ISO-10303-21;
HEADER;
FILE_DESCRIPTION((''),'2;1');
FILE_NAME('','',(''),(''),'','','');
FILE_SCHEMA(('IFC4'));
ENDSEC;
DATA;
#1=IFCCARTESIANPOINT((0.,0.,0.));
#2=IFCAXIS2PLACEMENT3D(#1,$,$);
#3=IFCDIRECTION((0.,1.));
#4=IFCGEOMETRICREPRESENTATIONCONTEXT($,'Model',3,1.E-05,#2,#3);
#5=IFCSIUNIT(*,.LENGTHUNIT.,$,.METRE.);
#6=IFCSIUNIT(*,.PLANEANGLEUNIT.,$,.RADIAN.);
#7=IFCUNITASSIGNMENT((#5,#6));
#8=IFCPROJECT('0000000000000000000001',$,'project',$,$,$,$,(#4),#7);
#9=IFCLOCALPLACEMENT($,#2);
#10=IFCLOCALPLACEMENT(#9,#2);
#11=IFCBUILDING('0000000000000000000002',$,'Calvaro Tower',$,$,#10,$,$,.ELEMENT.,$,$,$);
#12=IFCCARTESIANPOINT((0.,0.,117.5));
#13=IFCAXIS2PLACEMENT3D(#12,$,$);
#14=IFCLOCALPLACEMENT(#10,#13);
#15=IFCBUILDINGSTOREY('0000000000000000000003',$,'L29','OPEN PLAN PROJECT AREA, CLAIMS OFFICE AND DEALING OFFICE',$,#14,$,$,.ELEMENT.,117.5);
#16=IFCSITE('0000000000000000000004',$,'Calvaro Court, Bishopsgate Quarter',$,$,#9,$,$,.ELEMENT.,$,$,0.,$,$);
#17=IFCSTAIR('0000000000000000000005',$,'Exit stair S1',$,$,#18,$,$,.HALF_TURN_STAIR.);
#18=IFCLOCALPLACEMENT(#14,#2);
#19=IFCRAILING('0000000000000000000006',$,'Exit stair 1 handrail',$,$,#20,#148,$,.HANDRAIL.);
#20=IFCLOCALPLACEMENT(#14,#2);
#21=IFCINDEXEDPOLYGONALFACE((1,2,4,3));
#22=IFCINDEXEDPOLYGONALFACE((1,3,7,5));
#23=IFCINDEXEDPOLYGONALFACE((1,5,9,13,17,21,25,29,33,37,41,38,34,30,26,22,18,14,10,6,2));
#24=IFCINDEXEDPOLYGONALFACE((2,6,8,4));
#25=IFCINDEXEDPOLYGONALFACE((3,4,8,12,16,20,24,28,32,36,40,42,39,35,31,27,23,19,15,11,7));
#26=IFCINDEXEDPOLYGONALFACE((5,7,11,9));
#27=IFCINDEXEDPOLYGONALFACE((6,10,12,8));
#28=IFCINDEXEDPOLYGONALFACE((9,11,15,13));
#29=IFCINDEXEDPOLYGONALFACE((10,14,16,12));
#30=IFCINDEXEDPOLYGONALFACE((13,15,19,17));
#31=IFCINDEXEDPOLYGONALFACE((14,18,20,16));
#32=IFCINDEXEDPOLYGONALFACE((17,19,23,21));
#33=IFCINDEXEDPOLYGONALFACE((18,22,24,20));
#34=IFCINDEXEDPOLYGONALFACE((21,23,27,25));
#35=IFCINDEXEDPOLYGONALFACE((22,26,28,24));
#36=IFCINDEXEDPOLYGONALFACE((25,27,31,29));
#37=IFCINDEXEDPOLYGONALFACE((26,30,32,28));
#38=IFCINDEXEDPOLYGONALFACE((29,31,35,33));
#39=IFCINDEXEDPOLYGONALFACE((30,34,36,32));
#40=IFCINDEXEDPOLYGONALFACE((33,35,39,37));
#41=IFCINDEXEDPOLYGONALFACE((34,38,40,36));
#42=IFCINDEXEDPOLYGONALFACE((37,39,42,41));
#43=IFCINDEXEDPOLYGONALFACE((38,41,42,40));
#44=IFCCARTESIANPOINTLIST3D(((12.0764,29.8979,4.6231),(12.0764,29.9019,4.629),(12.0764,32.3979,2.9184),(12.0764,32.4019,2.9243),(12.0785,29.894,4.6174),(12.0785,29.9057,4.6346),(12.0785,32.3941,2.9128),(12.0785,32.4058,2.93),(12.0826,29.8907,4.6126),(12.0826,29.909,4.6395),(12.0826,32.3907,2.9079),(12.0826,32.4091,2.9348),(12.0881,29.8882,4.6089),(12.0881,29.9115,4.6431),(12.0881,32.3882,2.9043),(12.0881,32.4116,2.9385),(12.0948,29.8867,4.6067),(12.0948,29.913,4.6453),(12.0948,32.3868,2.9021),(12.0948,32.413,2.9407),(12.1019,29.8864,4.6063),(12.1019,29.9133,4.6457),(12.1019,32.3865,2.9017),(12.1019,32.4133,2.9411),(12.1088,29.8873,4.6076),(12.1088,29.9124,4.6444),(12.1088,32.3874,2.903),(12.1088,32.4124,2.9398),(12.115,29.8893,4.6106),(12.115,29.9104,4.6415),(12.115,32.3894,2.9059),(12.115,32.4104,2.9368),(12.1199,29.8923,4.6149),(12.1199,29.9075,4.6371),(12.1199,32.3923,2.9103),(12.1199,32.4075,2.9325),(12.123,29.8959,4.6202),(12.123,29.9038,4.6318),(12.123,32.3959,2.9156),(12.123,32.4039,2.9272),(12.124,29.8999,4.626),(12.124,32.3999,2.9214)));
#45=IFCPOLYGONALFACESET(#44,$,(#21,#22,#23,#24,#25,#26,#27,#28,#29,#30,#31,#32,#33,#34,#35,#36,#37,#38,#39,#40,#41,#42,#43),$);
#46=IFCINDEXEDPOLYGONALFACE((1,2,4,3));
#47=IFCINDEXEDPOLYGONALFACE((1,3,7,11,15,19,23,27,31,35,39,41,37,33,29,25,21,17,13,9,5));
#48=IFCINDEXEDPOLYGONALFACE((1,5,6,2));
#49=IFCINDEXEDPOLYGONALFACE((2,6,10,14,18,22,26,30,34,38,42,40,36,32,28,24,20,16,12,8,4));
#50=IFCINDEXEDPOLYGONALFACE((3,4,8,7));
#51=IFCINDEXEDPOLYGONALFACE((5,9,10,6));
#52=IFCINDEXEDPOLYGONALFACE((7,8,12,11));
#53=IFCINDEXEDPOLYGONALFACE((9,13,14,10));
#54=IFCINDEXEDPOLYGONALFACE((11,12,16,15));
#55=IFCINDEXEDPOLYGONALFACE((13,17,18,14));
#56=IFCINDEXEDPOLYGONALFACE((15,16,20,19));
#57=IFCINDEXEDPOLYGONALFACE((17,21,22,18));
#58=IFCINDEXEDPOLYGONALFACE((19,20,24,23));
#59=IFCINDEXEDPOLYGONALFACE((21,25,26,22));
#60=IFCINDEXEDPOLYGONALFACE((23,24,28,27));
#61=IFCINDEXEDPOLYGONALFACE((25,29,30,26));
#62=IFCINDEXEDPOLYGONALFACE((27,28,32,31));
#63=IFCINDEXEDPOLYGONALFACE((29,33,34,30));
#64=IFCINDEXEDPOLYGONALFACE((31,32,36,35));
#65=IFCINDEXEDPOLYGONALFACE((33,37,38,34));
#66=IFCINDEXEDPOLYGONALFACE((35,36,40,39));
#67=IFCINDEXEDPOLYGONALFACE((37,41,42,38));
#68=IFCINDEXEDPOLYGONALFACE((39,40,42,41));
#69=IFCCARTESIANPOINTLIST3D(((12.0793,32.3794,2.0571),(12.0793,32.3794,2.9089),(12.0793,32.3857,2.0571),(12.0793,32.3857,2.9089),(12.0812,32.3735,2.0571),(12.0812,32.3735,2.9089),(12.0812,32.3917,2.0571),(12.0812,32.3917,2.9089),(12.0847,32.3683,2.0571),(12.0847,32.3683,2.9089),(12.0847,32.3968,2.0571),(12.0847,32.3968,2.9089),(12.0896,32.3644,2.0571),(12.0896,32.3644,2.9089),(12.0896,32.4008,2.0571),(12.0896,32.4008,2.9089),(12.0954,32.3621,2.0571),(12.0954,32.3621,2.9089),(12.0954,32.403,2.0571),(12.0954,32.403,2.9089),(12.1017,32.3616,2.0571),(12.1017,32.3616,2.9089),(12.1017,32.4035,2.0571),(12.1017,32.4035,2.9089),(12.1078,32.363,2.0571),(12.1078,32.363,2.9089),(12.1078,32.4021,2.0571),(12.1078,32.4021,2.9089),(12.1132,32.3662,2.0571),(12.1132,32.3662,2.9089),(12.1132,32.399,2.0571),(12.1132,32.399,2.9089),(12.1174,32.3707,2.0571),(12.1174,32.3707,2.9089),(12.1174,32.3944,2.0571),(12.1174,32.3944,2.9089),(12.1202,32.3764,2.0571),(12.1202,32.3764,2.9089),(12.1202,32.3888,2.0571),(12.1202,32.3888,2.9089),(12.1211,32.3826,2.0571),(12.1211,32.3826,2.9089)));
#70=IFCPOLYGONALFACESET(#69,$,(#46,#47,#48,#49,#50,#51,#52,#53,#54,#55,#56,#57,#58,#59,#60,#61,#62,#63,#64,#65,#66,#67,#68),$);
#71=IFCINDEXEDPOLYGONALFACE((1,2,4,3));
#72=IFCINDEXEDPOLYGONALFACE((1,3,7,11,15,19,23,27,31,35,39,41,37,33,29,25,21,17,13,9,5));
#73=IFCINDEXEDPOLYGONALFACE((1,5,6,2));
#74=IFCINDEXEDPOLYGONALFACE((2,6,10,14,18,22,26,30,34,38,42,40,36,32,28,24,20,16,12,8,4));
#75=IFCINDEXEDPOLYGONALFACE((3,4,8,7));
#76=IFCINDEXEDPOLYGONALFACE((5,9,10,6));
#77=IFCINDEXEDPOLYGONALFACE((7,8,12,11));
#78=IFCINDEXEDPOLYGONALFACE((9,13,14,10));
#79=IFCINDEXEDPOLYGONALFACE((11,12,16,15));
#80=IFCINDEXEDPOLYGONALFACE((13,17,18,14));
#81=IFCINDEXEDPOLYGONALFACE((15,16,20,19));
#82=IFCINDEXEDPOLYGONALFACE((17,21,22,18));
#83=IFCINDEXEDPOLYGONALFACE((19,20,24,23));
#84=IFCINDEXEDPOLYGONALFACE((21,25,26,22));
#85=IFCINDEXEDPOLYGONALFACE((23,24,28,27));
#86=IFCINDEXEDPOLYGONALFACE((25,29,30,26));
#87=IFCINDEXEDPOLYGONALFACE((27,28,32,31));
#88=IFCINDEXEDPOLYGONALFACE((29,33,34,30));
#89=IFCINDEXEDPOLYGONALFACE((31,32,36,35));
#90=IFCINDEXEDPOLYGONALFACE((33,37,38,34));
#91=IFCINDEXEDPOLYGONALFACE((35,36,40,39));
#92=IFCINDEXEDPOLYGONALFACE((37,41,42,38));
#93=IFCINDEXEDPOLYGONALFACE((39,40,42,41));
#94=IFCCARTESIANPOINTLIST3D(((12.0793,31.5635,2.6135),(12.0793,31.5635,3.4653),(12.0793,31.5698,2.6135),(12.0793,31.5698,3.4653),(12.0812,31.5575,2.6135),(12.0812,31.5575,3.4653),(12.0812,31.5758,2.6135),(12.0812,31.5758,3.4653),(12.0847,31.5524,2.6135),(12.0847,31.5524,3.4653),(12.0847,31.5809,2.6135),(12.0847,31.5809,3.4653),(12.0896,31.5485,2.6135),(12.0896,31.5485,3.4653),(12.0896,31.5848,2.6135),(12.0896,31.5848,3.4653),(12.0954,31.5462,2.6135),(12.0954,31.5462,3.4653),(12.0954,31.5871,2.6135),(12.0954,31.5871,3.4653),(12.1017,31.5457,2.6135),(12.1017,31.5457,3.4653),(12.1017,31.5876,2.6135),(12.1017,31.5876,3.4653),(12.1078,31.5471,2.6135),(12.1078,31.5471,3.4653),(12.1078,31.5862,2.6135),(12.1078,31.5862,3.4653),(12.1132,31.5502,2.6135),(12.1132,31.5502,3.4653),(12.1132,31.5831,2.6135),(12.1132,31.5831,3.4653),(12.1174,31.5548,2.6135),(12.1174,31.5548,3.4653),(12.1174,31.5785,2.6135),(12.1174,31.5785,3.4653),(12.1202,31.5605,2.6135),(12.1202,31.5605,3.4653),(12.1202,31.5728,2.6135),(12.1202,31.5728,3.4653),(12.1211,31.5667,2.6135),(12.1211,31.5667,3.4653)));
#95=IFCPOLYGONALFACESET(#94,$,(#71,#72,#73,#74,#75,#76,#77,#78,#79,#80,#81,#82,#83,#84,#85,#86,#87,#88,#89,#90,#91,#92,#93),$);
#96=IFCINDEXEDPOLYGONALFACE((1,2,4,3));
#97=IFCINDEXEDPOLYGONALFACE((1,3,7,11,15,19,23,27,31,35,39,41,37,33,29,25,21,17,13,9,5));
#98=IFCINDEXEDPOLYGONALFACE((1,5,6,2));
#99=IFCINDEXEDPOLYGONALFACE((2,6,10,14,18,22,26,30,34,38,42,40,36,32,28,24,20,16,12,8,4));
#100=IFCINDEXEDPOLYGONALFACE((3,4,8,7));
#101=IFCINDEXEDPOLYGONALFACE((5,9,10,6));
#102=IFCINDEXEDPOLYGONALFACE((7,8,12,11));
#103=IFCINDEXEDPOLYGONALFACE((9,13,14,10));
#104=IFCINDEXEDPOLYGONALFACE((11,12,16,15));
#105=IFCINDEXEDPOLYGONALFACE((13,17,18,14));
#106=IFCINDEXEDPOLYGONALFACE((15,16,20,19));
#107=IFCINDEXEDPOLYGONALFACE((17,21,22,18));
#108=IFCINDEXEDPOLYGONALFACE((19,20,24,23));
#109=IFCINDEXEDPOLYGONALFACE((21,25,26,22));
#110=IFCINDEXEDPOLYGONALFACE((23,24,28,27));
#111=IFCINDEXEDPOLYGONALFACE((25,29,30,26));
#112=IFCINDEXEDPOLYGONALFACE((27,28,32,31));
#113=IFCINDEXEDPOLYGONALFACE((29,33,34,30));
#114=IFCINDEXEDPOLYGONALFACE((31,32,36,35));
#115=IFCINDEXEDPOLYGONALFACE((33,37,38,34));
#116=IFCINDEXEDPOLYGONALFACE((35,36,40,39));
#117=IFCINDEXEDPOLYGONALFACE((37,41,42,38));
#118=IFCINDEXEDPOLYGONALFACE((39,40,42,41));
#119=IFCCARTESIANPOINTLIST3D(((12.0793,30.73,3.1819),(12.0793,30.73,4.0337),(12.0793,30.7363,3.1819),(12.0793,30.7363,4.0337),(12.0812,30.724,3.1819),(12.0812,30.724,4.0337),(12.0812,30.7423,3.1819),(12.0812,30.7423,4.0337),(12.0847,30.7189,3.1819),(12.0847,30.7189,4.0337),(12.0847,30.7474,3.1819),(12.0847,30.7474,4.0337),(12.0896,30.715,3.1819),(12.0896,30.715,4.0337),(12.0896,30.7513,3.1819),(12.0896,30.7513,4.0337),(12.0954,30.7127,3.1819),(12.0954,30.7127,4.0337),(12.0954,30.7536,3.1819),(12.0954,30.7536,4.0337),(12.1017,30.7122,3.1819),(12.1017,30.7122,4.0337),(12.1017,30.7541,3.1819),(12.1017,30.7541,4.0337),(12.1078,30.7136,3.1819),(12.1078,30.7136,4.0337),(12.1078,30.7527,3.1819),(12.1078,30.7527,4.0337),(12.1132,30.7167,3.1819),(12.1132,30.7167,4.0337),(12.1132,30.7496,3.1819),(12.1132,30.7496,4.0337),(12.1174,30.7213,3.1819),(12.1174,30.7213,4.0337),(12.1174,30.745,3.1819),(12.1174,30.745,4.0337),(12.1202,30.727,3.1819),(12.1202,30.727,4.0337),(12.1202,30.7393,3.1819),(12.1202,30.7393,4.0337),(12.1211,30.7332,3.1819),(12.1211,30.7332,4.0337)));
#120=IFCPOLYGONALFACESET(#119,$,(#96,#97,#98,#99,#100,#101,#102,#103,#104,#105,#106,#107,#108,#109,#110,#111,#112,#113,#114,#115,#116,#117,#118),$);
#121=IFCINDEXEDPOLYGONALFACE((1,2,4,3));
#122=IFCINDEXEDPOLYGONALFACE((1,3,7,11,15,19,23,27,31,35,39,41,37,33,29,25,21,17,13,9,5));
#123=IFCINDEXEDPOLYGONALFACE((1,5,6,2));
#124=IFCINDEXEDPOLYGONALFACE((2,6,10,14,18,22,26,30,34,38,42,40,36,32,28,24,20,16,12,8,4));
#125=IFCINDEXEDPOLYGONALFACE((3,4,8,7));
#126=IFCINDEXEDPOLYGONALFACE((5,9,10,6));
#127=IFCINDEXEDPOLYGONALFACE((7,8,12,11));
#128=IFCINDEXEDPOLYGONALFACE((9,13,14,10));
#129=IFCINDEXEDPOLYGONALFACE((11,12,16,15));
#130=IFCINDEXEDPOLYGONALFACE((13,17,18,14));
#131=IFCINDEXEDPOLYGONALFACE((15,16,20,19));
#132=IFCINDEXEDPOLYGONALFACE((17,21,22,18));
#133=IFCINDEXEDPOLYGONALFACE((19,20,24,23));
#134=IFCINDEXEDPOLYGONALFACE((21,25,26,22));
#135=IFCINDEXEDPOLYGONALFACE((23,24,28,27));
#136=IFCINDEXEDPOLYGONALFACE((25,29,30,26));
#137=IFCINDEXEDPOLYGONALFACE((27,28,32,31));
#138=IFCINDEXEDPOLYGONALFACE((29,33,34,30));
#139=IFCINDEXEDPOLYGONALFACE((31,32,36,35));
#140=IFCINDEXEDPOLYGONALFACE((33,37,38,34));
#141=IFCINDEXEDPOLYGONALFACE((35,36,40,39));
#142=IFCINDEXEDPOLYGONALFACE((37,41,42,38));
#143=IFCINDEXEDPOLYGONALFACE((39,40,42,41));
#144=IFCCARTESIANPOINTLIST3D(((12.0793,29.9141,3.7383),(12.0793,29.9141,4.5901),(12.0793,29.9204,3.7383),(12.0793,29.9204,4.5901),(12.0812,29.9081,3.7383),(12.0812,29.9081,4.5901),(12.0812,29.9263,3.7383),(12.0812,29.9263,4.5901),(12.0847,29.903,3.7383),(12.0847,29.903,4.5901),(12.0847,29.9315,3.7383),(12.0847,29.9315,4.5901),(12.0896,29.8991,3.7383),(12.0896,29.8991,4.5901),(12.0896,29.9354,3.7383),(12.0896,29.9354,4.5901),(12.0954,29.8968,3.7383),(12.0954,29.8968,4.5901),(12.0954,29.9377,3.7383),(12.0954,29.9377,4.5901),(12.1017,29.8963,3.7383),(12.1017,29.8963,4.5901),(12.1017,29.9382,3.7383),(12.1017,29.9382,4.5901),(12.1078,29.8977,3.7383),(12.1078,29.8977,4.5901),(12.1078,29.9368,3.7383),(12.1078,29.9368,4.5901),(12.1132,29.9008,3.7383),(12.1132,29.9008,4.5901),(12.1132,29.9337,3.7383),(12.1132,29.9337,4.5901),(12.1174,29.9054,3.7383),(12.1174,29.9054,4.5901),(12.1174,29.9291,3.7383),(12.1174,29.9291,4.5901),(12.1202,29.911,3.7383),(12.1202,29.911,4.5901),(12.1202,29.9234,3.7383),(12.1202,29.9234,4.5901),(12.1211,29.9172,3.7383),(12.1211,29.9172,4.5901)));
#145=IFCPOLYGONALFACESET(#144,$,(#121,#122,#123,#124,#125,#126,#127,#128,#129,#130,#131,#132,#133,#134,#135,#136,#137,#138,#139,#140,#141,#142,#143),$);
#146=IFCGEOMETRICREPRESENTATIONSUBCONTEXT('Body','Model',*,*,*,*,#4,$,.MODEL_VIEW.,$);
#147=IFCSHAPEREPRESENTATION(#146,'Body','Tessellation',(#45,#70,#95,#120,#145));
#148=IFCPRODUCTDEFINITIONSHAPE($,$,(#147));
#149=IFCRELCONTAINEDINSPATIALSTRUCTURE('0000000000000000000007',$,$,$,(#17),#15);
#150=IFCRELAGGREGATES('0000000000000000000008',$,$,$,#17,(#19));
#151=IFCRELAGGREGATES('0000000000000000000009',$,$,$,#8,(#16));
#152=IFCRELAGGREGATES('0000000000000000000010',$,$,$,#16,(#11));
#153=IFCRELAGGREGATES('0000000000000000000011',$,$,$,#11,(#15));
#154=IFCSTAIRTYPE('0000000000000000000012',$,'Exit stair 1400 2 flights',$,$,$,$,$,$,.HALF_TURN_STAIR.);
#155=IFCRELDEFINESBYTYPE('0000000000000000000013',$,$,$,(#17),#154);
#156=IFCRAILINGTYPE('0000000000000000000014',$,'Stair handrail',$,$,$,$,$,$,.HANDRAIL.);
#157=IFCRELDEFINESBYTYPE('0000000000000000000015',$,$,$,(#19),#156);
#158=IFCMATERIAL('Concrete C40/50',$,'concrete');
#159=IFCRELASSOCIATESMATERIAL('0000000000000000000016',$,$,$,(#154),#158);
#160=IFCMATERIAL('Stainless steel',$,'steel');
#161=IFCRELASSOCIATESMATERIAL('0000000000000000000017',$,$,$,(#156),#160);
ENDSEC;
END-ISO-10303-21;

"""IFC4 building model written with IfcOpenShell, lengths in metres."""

from ifc_helpers import new_model, si_unit, direction, frame, origin, origin_2d, place, context, subcontext, project, spatial, circle, extrude, material, type_object, element, aggregate, save


model = new_model("IFC4")

# Units and contexts
model_context = context("Model", 3, precision=1e-05, world=origin(), true_north=direction((0.0, 1.0)))
body_context = subcontext(model_context, "Body", "Model", "MODEL_VIEW")
ifc_project = project(units=[si_unit("LENGTHUNIT", "METRE"), si_unit("PLANEANGLEUNIT", "RADIAN")], contexts=[model_context])

# Site, building, storey
site_placement = place(None, origin())
site = spatial("IfcSite", under=ifc_project, at=site_placement, Name="Calvaro Court, Bishopsgate Quarter", CompositionType="ELEMENT", RefElevation=0.0)
building_placement = place(site_placement, origin())
building = spatial("IfcBuilding", under=site, at=building_placement, Name="Calvaro Tower", CompositionType="ELEMENT")
storey_placement = place(building_placement, frame((0.0, 0.0, 117.5)))
storey = spatial("IfcBuildingStorey", under=building, at=storey_placement, Name="L29", Description="OPEN PLAN PROJECT AREA, CLAIMS OFFICE AND DEALING OFFICE", CompositionType="ELEMENT", Elevation=117.5)

# Stair, railing
ifc_material_1 = material(Name="Concrete C40/50", Category="concrete")
stair_type = type_object("IfcStairType", Name="Exit stair 1400 2 flights", PredefinedType="HALF_TURN_STAIR", material=ifc_material_1)
stair_placement = place(storey_placement, origin())
stair = element("IfcStair", 1, at=stair_placement, inside=storey, type_object=stair_type, Name="Exit stair S1", PredefinedType="HALF_TURN_STAIR")
ifc_material_2 = material(Name="Stainless steel", Category="steel")
railing_type = type_object("IfcRailingType", Name="Stair handrail", PredefinedType="HANDRAIL", material=ifc_material_2)
railing_1_placement = place(storey_placement, frame((12.1001, 32.3999, 2.0454)))
railing_1 = element("IfcRailing", 2, at=railing_1_placement, type_object=railing_type, Name="Exit stair 1 handrail", PredefinedType="HANDRAIL", context=body_context, shape_type="SweptSolid", body=[
    extrude(circle(Radius=0.0239, at=origin_2d()), frame((0.0, 0.0, 0.876), z_axis=(0.0, -0.826221, 0.563347), x_axis=(1.0, 0.0, 0.0)), (0.0, 0.0, 1.0), 3.0259),
    extrude(circle(Radius=0.021, at=origin_2d()), frame((0.0, -0.0173, 0.0117)), (0.0, 0.0, 1.0), 0.8518),
    extrude(circle(Radius=0.021, at=origin_2d()), frame((0.0, -0.8333, 0.5681)), (0.0, 0.0, 1.0), 0.8518),
    extrude(circle(Radius=0.021, at=origin_2d()), frame((0.0, -1.6667, 1.1365)), (0.0, 0.0, 1.0), 0.8518),
    extrude(circle(Radius=0.021, at=origin_2d()), frame((0.0, -2.4827, 1.6929)), (0.0, 0.0, 1.0), 0.8518),
])
aggregate(stair, [railing_1])

save(model, "model.ifc")
